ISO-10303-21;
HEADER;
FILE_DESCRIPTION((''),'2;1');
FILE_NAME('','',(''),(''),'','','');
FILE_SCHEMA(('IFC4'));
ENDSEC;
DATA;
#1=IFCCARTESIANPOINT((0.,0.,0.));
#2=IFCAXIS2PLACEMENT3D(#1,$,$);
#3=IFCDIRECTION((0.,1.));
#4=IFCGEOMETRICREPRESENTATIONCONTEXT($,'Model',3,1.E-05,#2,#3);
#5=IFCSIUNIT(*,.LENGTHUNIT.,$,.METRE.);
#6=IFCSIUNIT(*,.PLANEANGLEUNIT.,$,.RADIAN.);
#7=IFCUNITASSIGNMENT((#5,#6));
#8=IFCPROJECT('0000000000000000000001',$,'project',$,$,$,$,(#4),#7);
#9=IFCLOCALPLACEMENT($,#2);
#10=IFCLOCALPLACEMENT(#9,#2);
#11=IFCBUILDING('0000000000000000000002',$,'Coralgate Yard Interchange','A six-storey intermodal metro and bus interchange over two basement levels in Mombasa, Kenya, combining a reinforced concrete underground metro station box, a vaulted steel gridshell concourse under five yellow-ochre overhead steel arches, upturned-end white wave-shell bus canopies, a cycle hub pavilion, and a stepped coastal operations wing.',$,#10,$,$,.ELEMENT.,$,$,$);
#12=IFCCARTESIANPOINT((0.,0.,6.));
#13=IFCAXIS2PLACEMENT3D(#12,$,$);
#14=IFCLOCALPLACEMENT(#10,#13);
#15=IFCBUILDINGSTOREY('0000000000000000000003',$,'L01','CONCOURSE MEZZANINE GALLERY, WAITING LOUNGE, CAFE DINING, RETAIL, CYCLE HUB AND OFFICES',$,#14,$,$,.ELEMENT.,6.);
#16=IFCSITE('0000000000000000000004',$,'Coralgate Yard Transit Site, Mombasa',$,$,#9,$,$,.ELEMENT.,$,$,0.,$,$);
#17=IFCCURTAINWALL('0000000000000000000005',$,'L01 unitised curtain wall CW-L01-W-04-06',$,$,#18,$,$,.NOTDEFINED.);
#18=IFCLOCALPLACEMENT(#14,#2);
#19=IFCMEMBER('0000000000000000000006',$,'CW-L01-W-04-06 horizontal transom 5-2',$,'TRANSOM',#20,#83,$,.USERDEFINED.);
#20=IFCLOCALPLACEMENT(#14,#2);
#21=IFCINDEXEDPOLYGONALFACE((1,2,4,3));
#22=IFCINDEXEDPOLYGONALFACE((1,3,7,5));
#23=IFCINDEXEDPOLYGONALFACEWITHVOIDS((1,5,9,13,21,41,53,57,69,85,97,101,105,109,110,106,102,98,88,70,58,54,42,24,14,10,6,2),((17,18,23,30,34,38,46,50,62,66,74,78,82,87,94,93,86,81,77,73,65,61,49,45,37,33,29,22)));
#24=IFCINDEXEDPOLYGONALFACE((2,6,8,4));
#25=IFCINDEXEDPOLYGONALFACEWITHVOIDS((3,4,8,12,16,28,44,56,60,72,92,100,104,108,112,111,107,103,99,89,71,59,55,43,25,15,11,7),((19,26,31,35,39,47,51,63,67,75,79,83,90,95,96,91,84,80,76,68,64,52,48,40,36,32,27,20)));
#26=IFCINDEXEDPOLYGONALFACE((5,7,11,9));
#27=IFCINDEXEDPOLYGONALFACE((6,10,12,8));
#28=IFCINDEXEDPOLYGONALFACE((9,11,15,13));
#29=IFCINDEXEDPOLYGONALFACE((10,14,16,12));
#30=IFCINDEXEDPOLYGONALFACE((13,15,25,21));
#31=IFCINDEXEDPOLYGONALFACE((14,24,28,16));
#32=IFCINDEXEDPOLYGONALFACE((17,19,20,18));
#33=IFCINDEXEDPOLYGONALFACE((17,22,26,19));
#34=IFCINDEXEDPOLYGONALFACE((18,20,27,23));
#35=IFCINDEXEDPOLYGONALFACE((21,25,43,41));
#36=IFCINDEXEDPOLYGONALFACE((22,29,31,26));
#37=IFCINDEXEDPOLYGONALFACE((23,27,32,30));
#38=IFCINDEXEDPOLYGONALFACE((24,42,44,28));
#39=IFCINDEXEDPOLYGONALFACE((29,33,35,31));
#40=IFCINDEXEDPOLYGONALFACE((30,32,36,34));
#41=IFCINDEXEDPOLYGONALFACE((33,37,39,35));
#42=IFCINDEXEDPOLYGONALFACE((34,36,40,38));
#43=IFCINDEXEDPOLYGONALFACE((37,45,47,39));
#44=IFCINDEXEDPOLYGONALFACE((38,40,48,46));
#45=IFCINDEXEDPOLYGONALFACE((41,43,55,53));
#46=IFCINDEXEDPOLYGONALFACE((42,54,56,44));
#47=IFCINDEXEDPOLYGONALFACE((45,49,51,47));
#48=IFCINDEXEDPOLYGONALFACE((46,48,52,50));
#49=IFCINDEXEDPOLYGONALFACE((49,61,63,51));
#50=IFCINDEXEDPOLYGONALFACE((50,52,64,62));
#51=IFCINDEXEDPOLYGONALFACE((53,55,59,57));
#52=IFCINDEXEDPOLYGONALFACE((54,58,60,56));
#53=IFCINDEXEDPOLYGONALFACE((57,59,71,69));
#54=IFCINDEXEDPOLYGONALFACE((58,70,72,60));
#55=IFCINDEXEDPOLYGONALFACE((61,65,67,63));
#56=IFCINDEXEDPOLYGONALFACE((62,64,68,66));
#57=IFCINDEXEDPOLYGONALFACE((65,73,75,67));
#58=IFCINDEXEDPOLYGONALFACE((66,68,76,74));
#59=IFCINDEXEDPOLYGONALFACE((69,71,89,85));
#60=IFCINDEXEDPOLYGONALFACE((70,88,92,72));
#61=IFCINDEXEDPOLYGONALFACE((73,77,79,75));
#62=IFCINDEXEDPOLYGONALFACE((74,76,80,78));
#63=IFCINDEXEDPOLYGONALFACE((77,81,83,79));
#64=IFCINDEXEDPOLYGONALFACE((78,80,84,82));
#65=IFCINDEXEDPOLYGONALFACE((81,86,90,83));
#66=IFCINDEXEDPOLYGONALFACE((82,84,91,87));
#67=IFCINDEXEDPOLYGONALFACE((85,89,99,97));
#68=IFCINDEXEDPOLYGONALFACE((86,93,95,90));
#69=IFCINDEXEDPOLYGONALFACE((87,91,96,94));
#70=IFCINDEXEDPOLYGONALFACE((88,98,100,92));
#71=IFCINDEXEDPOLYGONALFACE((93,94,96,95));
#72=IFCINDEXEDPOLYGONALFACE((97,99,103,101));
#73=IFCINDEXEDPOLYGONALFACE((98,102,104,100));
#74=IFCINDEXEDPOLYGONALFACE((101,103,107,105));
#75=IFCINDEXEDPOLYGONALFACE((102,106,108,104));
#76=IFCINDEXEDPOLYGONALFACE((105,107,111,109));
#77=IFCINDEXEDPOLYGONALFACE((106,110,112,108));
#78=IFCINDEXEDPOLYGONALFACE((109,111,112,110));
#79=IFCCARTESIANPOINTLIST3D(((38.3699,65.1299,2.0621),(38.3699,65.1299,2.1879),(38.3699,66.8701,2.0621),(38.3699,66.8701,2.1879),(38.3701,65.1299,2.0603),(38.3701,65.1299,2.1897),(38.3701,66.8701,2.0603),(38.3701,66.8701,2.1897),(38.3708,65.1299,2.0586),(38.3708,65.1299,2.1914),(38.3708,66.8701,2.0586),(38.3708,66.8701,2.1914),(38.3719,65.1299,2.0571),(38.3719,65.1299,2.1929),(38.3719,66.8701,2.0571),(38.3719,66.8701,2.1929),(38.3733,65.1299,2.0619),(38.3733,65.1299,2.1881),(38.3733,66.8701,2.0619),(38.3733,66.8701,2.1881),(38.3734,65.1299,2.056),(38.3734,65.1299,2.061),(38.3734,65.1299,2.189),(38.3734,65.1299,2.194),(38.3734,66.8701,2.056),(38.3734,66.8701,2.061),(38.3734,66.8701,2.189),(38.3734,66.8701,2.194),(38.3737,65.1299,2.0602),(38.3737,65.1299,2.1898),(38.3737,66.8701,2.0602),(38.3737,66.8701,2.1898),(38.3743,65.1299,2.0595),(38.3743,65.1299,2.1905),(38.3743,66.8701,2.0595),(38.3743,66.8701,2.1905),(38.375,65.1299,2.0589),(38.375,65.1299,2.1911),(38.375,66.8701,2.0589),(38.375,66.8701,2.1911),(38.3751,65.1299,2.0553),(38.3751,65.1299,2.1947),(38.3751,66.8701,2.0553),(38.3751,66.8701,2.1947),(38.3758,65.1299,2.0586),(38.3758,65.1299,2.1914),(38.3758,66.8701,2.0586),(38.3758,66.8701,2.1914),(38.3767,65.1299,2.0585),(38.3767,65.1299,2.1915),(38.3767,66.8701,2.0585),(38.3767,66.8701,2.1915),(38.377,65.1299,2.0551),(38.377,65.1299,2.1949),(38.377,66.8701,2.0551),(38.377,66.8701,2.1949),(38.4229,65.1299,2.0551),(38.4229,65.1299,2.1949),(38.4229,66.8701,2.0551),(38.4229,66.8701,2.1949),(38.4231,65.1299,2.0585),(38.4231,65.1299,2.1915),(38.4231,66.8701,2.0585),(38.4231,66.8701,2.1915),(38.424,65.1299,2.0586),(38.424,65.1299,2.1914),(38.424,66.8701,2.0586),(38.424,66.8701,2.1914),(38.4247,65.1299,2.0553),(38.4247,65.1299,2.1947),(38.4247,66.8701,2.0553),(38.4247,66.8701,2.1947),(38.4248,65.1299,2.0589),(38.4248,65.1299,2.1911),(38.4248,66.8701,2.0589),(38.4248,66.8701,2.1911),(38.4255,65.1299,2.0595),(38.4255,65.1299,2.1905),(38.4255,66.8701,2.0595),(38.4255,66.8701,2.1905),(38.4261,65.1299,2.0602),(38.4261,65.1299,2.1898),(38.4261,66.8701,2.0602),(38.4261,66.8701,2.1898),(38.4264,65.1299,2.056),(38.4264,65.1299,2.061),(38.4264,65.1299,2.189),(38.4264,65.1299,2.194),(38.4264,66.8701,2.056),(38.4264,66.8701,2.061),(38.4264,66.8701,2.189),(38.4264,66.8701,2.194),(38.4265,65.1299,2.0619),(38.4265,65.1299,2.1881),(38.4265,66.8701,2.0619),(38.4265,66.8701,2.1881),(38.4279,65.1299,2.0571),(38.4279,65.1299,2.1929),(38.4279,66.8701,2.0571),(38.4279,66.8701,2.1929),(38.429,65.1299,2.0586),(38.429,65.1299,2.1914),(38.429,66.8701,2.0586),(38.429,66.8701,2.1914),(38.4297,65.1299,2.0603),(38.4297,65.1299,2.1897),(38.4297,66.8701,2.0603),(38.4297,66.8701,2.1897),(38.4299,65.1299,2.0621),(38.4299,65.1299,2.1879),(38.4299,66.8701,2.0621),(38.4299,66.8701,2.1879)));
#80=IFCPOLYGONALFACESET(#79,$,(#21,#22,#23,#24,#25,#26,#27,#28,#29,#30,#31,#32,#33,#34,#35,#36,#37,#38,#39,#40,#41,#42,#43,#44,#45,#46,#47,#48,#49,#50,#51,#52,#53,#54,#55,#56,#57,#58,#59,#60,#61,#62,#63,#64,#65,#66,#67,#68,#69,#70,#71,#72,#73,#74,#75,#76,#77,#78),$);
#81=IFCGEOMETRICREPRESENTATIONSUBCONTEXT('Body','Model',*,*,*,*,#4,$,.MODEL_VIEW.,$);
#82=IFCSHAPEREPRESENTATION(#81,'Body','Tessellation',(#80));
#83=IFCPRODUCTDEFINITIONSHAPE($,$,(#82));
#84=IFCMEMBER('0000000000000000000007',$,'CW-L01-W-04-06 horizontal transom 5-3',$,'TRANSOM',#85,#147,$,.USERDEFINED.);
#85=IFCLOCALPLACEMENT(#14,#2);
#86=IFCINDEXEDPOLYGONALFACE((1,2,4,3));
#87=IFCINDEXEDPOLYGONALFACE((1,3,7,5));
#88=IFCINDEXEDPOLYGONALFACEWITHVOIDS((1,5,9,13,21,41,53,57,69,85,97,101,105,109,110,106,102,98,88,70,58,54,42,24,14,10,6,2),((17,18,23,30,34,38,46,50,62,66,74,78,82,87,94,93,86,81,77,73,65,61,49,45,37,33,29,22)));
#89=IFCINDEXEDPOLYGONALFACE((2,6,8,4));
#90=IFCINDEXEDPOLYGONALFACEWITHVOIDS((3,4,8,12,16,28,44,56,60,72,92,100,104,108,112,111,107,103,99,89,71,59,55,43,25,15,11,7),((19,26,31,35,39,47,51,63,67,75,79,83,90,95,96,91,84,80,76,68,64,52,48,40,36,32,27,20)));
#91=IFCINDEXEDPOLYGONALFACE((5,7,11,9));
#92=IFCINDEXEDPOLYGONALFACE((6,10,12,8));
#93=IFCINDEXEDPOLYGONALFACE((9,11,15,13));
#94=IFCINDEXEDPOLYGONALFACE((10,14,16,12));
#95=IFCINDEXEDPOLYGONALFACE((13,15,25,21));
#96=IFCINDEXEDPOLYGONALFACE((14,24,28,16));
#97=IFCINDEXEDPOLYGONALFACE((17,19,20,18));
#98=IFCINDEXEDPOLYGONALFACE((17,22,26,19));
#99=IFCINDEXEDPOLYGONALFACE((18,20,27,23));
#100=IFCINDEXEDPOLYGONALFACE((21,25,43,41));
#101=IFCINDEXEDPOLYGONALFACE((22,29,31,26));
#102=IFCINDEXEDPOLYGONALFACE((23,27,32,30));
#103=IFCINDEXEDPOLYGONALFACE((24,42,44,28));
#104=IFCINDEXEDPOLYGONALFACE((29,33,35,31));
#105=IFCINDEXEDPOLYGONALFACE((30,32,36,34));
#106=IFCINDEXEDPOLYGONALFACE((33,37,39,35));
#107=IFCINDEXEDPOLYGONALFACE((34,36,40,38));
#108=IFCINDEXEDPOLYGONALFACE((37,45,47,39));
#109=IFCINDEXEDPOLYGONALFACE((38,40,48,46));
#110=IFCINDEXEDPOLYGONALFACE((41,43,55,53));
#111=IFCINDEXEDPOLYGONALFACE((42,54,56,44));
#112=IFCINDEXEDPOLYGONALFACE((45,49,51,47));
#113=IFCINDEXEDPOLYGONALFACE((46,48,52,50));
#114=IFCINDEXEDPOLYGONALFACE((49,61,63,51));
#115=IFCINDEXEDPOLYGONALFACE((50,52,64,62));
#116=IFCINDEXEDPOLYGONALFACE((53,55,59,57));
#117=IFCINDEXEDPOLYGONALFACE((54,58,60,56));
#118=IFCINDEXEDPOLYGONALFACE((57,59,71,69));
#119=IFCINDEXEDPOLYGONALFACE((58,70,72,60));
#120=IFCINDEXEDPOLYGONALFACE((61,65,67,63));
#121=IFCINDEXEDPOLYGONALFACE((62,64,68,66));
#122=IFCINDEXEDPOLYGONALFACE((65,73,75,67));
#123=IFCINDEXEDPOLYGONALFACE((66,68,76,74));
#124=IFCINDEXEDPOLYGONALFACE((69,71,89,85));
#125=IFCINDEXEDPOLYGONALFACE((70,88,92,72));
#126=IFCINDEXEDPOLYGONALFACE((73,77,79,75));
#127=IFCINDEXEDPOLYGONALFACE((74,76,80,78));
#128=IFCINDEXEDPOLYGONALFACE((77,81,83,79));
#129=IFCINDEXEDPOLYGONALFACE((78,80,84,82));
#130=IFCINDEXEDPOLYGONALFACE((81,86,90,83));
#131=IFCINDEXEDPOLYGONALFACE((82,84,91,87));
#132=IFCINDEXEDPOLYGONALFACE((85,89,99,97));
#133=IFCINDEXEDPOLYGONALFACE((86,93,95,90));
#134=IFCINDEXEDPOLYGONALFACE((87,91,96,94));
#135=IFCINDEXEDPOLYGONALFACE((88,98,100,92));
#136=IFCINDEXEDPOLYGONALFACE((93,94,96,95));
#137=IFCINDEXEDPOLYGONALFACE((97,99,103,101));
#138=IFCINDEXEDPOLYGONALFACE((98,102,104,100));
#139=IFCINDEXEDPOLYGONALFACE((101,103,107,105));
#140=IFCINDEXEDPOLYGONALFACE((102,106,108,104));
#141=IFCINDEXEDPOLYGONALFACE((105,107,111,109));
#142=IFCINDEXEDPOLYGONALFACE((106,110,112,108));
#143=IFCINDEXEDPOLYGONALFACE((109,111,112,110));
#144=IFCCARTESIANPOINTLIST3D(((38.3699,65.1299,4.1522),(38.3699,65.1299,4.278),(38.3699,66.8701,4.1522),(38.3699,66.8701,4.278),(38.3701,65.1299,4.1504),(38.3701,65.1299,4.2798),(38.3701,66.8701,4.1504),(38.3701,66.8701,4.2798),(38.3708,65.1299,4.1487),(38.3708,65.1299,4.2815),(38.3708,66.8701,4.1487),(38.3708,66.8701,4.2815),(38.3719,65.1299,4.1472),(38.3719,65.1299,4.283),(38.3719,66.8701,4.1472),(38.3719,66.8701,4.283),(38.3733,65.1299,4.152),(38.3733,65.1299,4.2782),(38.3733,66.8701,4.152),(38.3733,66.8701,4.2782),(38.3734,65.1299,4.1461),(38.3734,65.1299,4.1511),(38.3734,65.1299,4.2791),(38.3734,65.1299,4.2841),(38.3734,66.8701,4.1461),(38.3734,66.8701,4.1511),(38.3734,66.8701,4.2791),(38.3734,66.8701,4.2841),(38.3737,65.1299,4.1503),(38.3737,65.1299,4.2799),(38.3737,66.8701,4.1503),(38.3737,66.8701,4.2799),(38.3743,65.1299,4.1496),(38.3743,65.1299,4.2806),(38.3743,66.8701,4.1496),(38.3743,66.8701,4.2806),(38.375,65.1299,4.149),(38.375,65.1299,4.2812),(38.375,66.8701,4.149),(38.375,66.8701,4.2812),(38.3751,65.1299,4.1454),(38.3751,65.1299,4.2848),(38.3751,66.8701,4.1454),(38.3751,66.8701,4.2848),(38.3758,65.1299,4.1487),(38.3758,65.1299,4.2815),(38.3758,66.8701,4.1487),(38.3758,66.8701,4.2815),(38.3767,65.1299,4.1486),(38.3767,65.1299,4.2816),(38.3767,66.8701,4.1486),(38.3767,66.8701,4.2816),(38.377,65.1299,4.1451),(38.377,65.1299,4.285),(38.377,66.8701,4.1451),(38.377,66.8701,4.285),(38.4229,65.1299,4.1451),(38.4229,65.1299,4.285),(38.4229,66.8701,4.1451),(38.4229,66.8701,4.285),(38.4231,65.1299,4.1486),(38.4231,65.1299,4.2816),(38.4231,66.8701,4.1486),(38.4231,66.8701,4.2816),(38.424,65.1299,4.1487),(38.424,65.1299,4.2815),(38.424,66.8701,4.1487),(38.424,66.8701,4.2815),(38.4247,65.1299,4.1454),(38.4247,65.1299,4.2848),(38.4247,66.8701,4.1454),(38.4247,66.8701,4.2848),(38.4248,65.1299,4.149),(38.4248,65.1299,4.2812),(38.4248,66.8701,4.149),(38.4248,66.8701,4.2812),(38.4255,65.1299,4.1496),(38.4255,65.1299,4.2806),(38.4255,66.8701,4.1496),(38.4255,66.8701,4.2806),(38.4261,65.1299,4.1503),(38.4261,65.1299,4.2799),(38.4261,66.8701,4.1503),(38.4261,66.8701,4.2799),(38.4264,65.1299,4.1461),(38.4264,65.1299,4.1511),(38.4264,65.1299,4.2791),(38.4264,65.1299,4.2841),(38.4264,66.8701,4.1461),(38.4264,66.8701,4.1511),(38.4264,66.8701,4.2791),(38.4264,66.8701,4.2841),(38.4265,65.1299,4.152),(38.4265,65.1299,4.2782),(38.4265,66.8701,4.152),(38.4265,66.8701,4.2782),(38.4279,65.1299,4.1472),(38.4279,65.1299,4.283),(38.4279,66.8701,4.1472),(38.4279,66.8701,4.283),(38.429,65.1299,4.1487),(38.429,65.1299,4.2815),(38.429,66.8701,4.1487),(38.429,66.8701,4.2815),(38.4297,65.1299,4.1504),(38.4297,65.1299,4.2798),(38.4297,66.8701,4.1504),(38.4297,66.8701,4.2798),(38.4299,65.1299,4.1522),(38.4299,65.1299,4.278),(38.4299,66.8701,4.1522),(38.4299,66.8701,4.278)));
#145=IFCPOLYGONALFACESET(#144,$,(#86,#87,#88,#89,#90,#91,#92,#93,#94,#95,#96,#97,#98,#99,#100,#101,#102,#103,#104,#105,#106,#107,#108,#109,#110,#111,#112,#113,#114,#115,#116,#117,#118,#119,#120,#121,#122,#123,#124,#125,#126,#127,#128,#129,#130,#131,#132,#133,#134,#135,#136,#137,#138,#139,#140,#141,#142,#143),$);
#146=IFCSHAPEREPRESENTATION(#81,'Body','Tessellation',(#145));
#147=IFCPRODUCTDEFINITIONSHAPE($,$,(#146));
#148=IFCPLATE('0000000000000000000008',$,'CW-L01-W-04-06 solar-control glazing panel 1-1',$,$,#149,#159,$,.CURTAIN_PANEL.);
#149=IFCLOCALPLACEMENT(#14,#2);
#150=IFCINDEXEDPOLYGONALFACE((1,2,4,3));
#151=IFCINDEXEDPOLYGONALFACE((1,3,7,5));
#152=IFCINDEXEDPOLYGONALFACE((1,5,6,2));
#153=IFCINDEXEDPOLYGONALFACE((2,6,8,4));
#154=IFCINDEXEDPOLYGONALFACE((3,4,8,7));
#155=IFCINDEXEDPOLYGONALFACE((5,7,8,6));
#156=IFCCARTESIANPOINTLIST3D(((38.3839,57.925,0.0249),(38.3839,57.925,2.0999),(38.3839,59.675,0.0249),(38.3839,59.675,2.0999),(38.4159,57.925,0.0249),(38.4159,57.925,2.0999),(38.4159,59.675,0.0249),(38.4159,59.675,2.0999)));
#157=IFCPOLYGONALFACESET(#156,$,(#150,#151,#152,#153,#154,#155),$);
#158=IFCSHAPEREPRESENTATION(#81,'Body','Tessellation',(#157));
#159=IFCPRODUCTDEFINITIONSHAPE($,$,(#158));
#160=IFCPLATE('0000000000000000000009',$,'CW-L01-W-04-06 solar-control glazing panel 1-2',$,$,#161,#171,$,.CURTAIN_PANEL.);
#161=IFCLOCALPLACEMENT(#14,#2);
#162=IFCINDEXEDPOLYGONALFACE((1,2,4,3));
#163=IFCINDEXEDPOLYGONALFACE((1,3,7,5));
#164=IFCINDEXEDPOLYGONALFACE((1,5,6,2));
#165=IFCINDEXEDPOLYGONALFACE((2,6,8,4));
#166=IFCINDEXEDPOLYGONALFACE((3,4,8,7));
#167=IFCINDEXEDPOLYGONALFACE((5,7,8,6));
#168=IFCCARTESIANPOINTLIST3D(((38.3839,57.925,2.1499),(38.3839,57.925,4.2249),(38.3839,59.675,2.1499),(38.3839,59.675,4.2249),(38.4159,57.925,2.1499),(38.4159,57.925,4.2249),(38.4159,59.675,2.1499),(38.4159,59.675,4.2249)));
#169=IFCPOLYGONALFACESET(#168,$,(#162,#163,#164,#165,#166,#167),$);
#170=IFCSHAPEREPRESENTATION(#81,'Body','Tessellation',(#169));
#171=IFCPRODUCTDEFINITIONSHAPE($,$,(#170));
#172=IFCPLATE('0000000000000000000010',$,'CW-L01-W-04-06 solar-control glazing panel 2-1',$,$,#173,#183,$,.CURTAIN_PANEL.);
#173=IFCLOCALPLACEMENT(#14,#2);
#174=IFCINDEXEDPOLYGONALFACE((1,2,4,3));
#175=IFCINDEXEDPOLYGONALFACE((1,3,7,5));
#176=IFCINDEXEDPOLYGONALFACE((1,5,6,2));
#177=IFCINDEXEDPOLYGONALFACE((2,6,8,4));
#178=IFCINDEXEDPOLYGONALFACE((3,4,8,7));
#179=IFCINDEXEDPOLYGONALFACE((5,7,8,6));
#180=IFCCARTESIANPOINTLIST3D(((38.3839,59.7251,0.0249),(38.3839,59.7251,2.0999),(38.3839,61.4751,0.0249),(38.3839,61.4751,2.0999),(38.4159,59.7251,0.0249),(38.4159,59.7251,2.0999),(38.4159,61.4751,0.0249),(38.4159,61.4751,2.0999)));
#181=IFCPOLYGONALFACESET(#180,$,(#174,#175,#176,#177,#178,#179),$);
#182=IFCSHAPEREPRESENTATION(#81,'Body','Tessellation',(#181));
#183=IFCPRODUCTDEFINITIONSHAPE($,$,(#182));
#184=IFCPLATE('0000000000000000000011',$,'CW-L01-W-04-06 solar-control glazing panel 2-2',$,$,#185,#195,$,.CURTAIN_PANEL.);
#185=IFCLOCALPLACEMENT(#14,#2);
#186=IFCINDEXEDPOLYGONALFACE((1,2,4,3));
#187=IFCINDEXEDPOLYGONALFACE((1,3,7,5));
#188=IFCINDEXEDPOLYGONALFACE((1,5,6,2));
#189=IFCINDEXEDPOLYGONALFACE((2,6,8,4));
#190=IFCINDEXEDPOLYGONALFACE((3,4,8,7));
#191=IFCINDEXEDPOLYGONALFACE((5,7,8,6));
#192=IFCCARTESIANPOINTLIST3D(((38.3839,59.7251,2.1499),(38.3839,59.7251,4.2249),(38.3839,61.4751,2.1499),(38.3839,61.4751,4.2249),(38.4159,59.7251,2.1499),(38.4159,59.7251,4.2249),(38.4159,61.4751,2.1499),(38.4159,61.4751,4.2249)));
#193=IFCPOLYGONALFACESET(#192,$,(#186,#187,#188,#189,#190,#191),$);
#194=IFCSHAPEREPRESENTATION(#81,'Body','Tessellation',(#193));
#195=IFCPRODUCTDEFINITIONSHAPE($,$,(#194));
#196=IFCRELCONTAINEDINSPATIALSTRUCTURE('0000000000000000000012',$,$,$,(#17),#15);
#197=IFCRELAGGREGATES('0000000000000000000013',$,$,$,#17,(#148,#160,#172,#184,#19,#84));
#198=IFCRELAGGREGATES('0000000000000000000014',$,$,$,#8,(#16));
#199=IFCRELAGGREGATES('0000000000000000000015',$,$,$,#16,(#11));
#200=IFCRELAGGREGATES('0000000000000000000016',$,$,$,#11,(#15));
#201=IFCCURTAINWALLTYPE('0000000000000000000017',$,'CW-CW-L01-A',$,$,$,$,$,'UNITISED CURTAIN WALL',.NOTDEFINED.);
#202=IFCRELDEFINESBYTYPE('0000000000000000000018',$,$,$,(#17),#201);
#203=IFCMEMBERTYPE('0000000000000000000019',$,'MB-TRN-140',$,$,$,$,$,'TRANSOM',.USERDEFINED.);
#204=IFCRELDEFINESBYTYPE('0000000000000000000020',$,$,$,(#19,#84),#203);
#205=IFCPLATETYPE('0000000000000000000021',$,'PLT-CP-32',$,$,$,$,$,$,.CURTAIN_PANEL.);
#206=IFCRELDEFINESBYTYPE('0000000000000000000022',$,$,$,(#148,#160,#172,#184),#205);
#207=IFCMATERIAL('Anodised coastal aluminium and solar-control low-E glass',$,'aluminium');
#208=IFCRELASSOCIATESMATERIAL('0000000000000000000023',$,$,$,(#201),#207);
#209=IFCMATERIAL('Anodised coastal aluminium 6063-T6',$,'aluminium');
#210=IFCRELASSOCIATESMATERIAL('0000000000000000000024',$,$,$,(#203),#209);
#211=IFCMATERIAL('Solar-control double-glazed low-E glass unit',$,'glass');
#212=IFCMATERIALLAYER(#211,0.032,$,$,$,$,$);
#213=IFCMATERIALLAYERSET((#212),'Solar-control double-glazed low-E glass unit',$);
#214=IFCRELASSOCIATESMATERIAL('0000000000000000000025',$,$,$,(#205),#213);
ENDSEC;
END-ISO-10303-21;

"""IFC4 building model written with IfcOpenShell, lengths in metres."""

from ifc_helpers import new_model, si_unit, direction, frame, origin, origin_2d, place, context, subcontext, project, spatial, rectangle, hollow_rectangle, extrude, material, layer, layer_set, material_profile, profile_set, type_object, element, aggregate, save


model = new_model("IFC4")

# Units and contexts
model_context = context("Model", 3, precision=1e-05, world=origin(), true_north=direction((0.0, 1.0)))
body_context = subcontext(model_context, "Body", "Model", "MODEL_VIEW")
ifc_project = project(units=[si_unit("LENGTHUNIT", "METRE"), si_unit("PLANEANGLEUNIT", "RADIAN")], contexts=[model_context])

# Site, building, storey
site_placement = place(None, origin())
site = spatial("IfcSite", under=ifc_project, at=site_placement, Name="Coralgate Yard Transit Site, Mombasa", CompositionType="ELEMENT", RefElevation=0.0)
building_placement = place(site_placement, origin())
building = spatial("IfcBuilding", under=site, at=building_placement, Name="Coralgate Yard Interchange", Description="A six-storey intermodal metro and bus interchange over two basement levels in Mombasa, Kenya, combining a reinforced concrete underground metro station box, a vaulted steel gridshell concourse under five yellow-ochre overhead steel arches, upturned-end white wave-shell bus canopies, a cycle hub pavilion, and a stepped coastal operations wing.", CompositionType="ELEMENT")
storey_placement = place(building_placement, frame((0.0, 0.0, 6.0)))
storey = spatial("IfcBuildingStorey", under=building, at=storey_placement, Name="L01", Description="CONCOURSE MEZZANINE GALLERY, WAITING LOUNGE, CAFE DINING, RETAIL, CYCLE HUB AND OFFICES", CompositionType="ELEMENT", Elevation=6.0)

# Curtain wall, members, plates
ifc_material_1 = material(Name="Anodised coastal aluminium and solar-control low-E glass", Category="aluminium")
curtain_wall_type = type_object("IfcCurtainWallType", Name="CW-CW-L01-A", ElementType="UNITISED CURTAIN WALL", PredefinedType="NOTDEFINED", material=ifc_material_1)
curtain_wall_placement = place(storey_placement, origin())
curtain_wall = element("IfcCurtainWall", 1, at=curtain_wall_placement, inside=storey, type_object=curtain_wall_type, Name="L01 unitised curtain wall CW-L01-W-04-06", PredefinedType="NOTDEFINED")
ifc_material_2 = material(Name="Anodised coastal aluminium 6063-T6", Category="aluminium")
ifc_material_profile_1 = material_profile(ifc_material_2, hollow_rectangle(XDim=0.0601, YDim=0.1399, WallThickness=0.0034, InnerFilletRadius=0.0034, OuterFilletRadius=0.0071, at=origin_2d()), Name="ALU 60x140x3.5")
ifc_profile_set_1 = profile_set([ifc_material_profile_1], Name="Anodised coastal aluminium 6063-T6")
member_type_1 = type_object("IfcMemberType", Name="MB-TRN-140", ElementType="TRANSOM", PredefinedType="USERDEFINED", material=ifc_profile_set_1)
member_1_placement = place(storey_placement, frame((38.3999, 65.1299, 2.125), z_axis=(0.0, 1.0, 0.0), x_axis=(-1.0, 0.0, 0.0)))
member_1 = element("IfcMember", 2, at=member_1_placement, type_object=member_type_1, Name="CW-L01-W-04-06 horizontal transom 5-2", ObjectType="TRANSOM", PredefinedType="USERDEFINED", context=body_context, shape_type="SweptSolid", body=[
    extrude(hollow_rectangle(XDim=0.0601, YDim=0.1399, WallThickness=0.0034, InnerFilletRadius=0.0034, OuterFilletRadius=0.0071, at=origin_2d()), origin(), (0.0, 0.0, 1.0), 1.7402),
])
member_2_placement = place(storey_placement, frame((38.3999, 65.1299, 4.2151), z_axis=(0.0, 1.0, 0.0), x_axis=(-1.0, 0.0, 0.0)))
member_2 = element("IfcMember", 3, at=member_2_placement, type_object=member_type_1, Name="CW-L01-W-04-06 horizontal transom 5-3", ObjectType="TRANSOM", PredefinedType="USERDEFINED", context=body_context, shape_type="SweptSolid", body=[
    extrude(hollow_rectangle(XDim=0.0601, YDim=0.1399, WallThickness=0.0034, InnerFilletRadius=0.0034, OuterFilletRadius=0.0071, at=origin_2d()), origin(), (0.0, 0.0, 1.0), 1.7402),
])
ifc_material_3 = material(Name="Solar-control double-glazed low-E glass unit", Category="glass")
ifc_layer = layer(ifc_material_3, 0.032)
ifc_layer_set = layer_set([ifc_layer], Name="Solar-control double-glazed low-E glass unit")
plate_type = type_object("IfcPlateType", Name="PLT-CP-32", PredefinedType="CURTAIN_PANEL", material=ifc_layer_set)
plate_1_placement = place(storey_placement, frame((38.3999, 58.8, 0.0249), z_axis=(0.0, 0.0, 1.0), x_axis=(0.0, 1.0, 0.0)))
plate_1 = element("IfcPlate", 4, at=plate_1_placement, type_object=plate_type, Name="CW-L01-W-04-06 solar-control glazing panel 1-1", PredefinedType="CURTAIN_PANEL", context=body_context, shape_type="SweptSolid", body=[
    extrude(rectangle(XDim=1.75, YDim=0.032, at=origin_2d()), origin(), (0.0, 0.0, 1.0), 2.075),
])
plate_2_placement = place(storey_placement, frame((38.3999, 58.8, 2.1499), z_axis=(0.0, 0.0, 1.0), x_axis=(0.0, 1.0, 0.0)))
plate_2 = element("IfcPlate", 5, at=plate_2_placement, type_object=plate_type, Name="CW-L01-W-04-06 solar-control glazing panel 1-2", PredefinedType="CURTAIN_PANEL", context=body_context, shape_type="SweptSolid", body=[
    extrude(rectangle(XDim=1.75, YDim=0.032, at=origin_2d()), origin(), (0.0, 0.0, 1.0), 2.075),
])
plate_3_placement = place(storey_placement, frame((38.3999, 60.6001, 0.0249), z_axis=(0.0, 0.0, 1.0), x_axis=(0.0, 1.0, 0.0)))
plate_3 = element("IfcPlate", 6, at=plate_3_placement, type_object=plate_type, Name="CW-L01-W-04-06 solar-control glazing panel 2-1", PredefinedType="CURTAIN_PANEL", context=body_context, shape_type="SweptSolid", body=[
    extrude(rectangle(XDim=1.75, YDim=0.032, at=origin_2d()), origin(), (0.0, 0.0, 1.0), 2.075),
])
plate_4_placement = place(storey_placement, frame((38.3999, 60.6001, 2.1499), z_axis=(0.0, 0.0, 1.0), x_axis=(0.0, 1.0, 0.0)))
plate_4 = element("IfcPlate", 7, at=plate_4_placement, type_object=plate_type, Name="CW-L01-W-04-06 solar-control glazing panel 2-2", PredefinedType="CURTAIN_PANEL", context=body_context, shape_type="SweptSolid", body=[
    extrude(rectangle(XDim=1.75, YDim=0.032, at=origin_2d()), origin(), (0.0, 0.0, 1.0), 2.075),
])
aggregate(curtain_wall, [plate_1, plate_2, plate_3, plate_4, member_1, member_2])

save(model, "model.ifc")
